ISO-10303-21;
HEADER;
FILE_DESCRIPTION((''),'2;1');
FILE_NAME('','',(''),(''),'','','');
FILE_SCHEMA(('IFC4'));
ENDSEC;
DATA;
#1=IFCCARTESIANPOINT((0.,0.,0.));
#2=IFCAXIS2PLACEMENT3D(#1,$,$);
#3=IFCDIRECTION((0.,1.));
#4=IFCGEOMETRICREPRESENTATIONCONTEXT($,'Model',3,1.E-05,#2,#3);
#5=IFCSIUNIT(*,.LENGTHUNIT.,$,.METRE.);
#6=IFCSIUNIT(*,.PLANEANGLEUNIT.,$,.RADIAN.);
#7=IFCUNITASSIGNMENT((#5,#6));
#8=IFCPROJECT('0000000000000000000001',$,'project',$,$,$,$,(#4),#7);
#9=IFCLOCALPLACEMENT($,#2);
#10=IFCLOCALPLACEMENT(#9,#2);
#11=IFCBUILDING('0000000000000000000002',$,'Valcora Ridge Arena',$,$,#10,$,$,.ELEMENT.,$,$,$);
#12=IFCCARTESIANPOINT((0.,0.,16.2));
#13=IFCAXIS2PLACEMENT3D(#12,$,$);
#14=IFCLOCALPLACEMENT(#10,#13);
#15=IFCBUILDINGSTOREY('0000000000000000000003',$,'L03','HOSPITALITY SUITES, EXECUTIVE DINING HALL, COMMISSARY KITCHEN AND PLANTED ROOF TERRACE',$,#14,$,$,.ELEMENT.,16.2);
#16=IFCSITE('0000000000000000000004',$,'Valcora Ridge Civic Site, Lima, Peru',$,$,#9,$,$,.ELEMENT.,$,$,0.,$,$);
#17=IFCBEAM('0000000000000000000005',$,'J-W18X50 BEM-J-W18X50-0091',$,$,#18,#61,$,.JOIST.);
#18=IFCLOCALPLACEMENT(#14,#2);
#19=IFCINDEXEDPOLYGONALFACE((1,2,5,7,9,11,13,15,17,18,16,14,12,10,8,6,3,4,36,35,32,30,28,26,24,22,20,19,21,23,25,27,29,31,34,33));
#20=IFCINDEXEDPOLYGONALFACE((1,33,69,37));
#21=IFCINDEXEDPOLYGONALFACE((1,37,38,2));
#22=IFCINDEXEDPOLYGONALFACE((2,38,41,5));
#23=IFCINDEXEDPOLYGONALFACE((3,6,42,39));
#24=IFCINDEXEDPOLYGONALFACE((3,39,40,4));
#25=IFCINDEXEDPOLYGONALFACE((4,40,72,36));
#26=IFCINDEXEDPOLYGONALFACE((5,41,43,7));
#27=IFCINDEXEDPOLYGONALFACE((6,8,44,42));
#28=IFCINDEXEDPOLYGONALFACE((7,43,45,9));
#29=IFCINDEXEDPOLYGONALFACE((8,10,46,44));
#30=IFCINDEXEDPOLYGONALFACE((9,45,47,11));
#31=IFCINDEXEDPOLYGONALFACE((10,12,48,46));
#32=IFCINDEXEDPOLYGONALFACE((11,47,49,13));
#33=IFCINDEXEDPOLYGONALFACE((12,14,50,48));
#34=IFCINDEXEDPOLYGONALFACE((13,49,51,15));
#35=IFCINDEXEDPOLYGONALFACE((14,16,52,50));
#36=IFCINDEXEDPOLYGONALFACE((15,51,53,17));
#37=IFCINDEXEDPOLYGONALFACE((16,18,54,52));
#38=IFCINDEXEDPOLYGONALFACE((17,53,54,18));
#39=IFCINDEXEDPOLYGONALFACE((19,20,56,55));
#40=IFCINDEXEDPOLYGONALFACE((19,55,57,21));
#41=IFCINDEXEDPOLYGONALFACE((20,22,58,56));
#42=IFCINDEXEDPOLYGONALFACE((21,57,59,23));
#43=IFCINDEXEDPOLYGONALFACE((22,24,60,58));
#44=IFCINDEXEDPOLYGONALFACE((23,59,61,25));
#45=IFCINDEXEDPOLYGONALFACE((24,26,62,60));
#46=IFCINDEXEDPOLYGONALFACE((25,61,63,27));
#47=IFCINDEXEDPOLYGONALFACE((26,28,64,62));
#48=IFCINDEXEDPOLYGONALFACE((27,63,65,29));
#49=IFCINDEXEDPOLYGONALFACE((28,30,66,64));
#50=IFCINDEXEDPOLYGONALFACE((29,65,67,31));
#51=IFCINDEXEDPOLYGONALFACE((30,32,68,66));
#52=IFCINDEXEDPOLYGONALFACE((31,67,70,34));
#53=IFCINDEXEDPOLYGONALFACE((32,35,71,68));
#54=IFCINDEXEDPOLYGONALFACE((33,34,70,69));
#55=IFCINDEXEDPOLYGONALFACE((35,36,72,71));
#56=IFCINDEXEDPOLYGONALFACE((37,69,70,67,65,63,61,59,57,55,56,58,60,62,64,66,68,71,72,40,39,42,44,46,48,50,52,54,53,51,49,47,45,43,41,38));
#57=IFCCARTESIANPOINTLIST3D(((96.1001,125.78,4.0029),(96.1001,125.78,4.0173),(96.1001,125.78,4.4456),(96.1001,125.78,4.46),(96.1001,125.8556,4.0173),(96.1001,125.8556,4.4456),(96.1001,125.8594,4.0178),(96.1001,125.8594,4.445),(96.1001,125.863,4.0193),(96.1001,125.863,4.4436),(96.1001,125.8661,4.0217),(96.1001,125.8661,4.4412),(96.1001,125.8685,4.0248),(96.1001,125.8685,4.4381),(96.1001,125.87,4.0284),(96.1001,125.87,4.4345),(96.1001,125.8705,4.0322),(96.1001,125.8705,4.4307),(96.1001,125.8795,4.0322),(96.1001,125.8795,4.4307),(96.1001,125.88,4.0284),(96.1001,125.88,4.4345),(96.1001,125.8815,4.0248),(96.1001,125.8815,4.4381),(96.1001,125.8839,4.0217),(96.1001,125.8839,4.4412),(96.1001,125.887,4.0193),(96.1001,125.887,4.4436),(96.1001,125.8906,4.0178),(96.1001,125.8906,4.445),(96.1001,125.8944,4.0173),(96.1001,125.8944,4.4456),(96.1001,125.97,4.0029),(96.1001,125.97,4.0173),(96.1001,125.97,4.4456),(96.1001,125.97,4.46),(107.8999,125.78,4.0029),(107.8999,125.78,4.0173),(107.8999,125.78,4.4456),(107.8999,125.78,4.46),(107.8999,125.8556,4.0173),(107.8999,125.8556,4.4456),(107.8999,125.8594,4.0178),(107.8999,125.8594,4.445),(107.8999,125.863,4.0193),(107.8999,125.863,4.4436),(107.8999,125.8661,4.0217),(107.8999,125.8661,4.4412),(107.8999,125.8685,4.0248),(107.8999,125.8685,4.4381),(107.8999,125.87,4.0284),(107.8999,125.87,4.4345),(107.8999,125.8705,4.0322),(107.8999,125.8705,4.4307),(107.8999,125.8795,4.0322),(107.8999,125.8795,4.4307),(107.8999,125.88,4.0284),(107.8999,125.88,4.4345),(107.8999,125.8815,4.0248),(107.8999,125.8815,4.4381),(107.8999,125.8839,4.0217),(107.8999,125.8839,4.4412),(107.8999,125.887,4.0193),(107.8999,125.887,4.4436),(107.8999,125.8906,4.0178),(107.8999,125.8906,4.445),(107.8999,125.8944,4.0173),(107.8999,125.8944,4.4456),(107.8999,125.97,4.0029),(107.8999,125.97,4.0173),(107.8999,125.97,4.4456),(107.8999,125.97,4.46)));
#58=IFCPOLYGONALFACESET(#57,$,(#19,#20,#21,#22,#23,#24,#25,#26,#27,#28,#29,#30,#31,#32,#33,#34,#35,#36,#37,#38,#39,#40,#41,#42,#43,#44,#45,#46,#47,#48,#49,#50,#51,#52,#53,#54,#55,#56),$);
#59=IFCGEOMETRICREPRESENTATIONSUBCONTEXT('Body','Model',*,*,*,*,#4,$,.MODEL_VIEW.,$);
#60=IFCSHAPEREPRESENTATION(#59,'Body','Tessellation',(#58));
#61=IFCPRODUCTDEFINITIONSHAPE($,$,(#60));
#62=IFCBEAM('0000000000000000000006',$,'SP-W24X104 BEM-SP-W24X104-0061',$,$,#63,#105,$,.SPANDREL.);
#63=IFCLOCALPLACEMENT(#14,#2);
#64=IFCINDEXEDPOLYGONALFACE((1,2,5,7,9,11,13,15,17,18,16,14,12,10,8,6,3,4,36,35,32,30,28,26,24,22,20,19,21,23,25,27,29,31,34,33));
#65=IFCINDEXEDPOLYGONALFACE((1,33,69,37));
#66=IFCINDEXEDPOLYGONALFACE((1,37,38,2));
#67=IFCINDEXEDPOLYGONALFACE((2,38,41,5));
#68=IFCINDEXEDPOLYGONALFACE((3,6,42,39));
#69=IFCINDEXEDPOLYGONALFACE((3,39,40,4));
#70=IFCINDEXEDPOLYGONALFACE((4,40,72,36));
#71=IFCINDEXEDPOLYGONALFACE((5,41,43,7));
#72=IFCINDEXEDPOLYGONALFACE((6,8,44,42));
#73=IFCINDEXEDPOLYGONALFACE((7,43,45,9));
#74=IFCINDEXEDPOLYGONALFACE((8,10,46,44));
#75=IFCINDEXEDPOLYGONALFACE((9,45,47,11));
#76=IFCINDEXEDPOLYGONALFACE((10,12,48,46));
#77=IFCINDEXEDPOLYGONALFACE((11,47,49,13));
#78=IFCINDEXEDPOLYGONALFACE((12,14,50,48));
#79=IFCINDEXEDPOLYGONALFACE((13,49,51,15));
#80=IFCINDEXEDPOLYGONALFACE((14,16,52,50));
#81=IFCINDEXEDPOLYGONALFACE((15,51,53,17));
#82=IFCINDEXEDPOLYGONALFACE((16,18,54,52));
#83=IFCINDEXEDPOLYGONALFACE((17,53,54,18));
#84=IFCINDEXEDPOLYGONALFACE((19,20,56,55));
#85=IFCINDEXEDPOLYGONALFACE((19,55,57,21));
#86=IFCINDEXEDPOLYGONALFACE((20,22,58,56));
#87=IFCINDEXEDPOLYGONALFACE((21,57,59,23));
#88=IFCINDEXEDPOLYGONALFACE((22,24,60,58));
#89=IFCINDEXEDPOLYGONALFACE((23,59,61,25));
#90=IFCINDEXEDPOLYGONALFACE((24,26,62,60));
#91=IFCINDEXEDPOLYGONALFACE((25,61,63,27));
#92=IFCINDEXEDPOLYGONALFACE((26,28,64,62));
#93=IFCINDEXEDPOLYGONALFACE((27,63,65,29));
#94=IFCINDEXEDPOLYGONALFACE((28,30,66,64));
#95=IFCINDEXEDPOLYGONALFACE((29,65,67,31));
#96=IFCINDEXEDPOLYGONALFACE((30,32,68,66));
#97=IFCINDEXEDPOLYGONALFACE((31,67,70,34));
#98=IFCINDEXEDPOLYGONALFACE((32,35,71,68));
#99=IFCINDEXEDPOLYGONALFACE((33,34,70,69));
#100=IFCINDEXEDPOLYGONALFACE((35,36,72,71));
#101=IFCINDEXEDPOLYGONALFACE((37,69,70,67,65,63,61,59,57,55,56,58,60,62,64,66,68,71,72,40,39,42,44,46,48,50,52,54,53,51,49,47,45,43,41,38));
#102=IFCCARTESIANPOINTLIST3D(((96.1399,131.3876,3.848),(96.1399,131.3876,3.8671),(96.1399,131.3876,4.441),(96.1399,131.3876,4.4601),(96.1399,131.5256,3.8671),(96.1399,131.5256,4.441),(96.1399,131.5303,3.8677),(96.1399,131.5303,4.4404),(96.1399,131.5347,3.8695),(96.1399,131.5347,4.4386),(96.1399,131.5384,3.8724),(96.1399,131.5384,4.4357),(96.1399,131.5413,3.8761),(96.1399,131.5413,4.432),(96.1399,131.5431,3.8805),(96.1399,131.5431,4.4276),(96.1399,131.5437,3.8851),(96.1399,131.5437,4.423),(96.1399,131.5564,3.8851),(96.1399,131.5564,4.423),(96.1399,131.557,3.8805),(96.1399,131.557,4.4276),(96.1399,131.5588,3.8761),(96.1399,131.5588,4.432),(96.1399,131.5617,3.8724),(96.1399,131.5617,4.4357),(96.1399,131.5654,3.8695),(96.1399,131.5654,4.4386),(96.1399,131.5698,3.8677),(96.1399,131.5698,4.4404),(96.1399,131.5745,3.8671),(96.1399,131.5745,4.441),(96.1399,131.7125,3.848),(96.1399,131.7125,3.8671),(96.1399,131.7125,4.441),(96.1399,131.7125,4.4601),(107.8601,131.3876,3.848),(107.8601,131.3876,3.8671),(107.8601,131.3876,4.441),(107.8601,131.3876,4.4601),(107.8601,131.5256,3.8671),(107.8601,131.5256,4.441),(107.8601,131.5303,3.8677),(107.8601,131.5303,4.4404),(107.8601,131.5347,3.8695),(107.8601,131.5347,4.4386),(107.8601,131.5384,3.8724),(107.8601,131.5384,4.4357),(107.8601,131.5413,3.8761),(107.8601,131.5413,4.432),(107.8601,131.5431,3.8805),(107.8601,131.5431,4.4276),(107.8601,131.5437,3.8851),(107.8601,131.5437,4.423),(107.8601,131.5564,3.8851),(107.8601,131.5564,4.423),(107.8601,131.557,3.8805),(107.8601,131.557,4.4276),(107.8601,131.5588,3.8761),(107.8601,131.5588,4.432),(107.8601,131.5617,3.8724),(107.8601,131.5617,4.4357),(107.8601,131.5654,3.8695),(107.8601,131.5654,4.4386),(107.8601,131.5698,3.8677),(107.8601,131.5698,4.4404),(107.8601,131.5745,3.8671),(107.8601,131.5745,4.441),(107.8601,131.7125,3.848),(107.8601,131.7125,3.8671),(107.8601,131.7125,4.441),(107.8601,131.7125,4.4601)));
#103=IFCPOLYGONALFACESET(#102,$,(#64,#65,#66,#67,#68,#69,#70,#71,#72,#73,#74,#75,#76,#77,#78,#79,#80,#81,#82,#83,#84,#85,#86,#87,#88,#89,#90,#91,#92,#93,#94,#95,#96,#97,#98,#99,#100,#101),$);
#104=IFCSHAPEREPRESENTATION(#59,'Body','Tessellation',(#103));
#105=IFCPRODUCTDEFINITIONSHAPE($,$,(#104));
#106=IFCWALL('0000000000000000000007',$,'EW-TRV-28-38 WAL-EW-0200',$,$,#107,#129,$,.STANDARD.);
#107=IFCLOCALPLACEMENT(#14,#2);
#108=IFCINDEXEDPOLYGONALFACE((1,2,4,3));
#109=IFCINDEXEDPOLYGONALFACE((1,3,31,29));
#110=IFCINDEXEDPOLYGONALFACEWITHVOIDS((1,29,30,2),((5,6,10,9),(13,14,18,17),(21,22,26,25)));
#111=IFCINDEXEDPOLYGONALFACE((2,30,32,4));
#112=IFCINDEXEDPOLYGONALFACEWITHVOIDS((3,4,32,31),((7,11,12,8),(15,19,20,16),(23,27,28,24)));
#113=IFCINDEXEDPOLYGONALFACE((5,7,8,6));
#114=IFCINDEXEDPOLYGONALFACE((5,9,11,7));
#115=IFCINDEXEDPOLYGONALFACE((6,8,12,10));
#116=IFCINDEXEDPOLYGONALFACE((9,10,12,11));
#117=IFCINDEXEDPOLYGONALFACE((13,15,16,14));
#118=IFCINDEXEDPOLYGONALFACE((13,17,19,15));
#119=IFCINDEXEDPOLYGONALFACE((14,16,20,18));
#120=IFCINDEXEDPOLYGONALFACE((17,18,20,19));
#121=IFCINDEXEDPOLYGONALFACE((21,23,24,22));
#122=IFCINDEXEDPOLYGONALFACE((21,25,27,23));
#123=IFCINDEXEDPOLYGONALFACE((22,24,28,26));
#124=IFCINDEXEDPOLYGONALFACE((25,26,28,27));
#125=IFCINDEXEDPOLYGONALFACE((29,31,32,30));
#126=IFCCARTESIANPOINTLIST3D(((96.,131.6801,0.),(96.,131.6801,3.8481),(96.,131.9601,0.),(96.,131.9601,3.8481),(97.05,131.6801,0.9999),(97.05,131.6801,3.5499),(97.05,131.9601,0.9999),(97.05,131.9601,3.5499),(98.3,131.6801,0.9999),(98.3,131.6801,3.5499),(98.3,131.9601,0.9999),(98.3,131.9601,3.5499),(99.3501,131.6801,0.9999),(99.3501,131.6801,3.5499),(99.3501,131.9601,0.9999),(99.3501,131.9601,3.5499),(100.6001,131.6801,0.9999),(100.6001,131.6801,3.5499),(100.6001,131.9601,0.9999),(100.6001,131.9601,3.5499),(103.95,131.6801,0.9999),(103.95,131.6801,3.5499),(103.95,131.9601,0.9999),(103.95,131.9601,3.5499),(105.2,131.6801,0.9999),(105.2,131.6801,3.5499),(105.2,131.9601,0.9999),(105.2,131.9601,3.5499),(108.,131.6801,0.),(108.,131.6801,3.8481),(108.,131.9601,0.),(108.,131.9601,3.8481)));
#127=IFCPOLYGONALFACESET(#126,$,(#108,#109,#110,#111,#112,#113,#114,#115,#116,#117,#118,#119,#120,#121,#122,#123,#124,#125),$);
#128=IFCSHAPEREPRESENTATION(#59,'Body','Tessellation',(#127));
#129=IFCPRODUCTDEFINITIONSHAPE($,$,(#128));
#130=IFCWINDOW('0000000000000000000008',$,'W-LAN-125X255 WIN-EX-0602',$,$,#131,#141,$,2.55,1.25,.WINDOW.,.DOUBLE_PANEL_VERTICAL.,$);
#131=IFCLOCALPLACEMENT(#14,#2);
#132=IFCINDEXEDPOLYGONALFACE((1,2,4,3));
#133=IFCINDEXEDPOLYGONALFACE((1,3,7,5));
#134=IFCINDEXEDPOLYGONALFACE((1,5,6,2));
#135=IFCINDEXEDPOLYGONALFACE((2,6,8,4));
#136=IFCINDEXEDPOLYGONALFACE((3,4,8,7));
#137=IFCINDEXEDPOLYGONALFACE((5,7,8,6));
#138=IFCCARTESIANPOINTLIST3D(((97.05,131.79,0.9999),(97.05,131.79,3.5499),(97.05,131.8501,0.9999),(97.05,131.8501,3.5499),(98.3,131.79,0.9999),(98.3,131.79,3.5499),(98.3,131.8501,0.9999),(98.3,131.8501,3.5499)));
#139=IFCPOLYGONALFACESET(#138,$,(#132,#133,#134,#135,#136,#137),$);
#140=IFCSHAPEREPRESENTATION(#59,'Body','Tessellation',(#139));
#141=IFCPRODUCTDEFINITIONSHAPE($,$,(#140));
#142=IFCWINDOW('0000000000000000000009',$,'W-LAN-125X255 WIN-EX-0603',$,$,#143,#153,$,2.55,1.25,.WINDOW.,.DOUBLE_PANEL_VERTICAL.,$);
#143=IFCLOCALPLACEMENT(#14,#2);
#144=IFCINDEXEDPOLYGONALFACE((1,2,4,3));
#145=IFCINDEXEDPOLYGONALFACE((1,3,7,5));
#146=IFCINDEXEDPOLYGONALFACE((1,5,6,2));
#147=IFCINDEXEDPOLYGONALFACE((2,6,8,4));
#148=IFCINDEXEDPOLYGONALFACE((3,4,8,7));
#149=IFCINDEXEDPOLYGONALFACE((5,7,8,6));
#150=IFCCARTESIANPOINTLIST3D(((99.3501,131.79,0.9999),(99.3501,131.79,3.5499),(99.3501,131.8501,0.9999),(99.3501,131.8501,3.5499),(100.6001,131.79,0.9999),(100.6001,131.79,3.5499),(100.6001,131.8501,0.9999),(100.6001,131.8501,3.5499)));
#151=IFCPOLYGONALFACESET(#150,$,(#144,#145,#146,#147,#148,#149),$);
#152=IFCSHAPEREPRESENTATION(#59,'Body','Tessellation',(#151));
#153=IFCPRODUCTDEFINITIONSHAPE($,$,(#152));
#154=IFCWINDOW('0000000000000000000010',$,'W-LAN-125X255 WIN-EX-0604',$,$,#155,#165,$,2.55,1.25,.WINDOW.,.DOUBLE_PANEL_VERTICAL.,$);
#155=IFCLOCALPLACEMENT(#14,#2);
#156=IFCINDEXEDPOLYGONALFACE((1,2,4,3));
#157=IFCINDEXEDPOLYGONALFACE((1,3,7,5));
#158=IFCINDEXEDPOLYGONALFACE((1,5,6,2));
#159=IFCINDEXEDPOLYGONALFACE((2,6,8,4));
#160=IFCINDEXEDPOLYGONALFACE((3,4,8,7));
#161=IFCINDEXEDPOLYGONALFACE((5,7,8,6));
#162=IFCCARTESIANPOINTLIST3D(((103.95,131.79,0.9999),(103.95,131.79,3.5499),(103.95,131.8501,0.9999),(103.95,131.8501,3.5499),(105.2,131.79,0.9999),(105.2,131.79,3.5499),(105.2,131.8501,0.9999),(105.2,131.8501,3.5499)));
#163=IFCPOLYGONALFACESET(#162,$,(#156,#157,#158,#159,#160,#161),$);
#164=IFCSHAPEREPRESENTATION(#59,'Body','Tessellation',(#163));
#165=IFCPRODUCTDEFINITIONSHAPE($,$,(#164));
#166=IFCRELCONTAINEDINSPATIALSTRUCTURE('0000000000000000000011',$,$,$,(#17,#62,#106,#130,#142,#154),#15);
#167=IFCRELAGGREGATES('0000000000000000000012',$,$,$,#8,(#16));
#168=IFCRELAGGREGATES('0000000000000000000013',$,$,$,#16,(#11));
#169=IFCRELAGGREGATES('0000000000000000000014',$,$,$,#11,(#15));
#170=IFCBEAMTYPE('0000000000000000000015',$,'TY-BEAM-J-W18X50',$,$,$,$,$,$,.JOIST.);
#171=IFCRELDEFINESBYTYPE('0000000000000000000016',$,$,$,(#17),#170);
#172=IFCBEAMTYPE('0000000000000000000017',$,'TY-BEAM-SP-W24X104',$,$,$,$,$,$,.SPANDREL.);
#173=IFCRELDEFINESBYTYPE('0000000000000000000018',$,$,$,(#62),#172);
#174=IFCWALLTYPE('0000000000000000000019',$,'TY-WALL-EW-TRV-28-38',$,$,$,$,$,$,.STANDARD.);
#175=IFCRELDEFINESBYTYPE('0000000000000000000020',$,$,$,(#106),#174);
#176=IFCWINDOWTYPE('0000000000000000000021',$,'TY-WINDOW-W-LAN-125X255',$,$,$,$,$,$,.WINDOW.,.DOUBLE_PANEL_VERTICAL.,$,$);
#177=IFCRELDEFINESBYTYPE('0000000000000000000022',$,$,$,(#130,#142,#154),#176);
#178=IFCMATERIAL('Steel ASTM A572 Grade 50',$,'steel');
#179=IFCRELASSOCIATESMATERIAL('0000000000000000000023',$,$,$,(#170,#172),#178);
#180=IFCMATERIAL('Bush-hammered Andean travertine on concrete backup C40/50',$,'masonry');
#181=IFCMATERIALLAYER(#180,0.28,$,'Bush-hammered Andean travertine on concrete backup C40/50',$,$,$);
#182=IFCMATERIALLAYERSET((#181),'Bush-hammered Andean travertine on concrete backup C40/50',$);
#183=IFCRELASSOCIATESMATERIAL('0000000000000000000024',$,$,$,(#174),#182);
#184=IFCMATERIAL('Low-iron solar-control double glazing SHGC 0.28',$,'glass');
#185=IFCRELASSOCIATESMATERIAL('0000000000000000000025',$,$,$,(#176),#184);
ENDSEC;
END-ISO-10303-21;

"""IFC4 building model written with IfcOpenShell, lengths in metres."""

from ifc_helpers import new_model, si_unit, direction, frame, frame_2d, origin, origin_2d, place, context, subcontext, project, spatial, rectangle, i_section, extrude, material, layer, layer_set, material_profile, profile_set, type_object, element, fill, save


model = new_model("IFC4")

# Units and contexts
model_context = context("Model", 3, precision=1e-05, world=origin(), true_north=direction((0.0, 1.0)))
body_context = subcontext(model_context, "Body", "Model", "MODEL_VIEW")
ifc_project = project(units=[si_unit("LENGTHUNIT", "METRE"), si_unit("PLANEANGLEUNIT", "RADIAN")], contexts=[model_context])

# Site, building, storey
site_placement = place(None, origin())
site = spatial("IfcSite", under=ifc_project, at=site_placement, Name="Valcora Ridge Civic Site, Lima, Peru", CompositionType="ELEMENT", RefElevation=0.0)
building_placement = place(site_placement, origin())
building = spatial("IfcBuilding", under=site, at=building_placement, Name="Valcora Ridge Arena", CompositionType="ELEMENT")
storey_placement = place(building_placement, frame((0.0, 0.0, 16.2)))
storey = spatial("IfcBuildingStorey", under=building, at=storey_placement, Name="L03", Description="HOSPITALITY SUITES, EXECUTIVE DINING HALL, COMMISSARY KITCHEN AND PLANTED ROOF TERRACE", CompositionType="ELEMENT", Elevation=16.2)

# Beams
ifc_material_1 = material(Name="Steel ASTM A572 Grade 50", Category="steel")
ifc_material_profile_1 = material_profile(ifc_material_1, i_section(OverallWidth=0.1899, OverallDepth=0.457, WebThickness=0.009, FlangeThickness=0.0144, FilletRadius=0.0149, at=origin_2d()), Name="W18X50")
ifc_profile_set_1 = profile_set([ifc_material_profile_1], Name="Steel ASTM A572 Grade 50")
beam_type_1 = type_object("IfcBeamType", Name="TY-BEAM-J-W18X50", PredefinedType="JOIST", material=ifc_profile_set_1)
for number, where, z_axis, x_axis, name in (
    (1, (96.1001, 125.875, 4.2314), (1.0, 0.0, 0.0), (0.0, 1.0, 0.0), "J-W18X50 BEM-J-W18X50-0091"),
):
    element("IfcBeam", number, at=place(storey_placement, frame(where, z_axis=z_axis, x_axis=x_axis)), inside=storey, type_object=beam_type_1, Name=name, PredefinedType="JOIST", context=body_context, shape_type="SweptSolid", body=[
        extrude(i_section(OverallWidth=0.1899, OverallDepth=0.457, WebThickness=0.009, FlangeThickness=0.0144, FilletRadius=0.0149, at=origin_2d()), origin(), (0.0, 0.0, 1.0), 11.7998),
    ])
ifc_material_profile_2 = material_profile(ifc_material_1, i_section(OverallWidth=0.325, OverallDepth=0.6121, WebThickness=0.0127, FlangeThickness=0.019, FilletRadius=0.0181, at=origin_2d()), Name="W24X104")
ifc_profile_set_2 = profile_set([ifc_material_profile_2], Name="Steel ASTM A572 Grade 50")
beam_type_2 = type_object("IfcBeamType", Name="TY-BEAM-SP-W24X104", PredefinedType="SPANDREL", material=ifc_profile_set_2)
beam_1_placement = place(storey_placement, frame((96.1399, 131.55, 4.1541), z_axis=(1.0, 0.0, 0.0), x_axis=(0.0, 1.0, 0.0)))
element("IfcBeam", 2, at=beam_1_placement, inside=storey, type_object=beam_type_2, Name="SP-W24X104 BEM-SP-W24X104-0061", PredefinedType="SPANDREL", context=body_context, shape_type="SweptSolid", body=[
    extrude(i_section(OverallWidth=0.325, OverallDepth=0.6121, WebThickness=0.0127, FlangeThickness=0.019, FilletRadius=0.0181, at=origin_2d()), origin(), (0.0, 0.0, 1.0), 11.7202),
])

# Wall, openings, windows
ifc_material_2 = material(Name="Bush-hammered Andean travertine on concrete backup C40/50", Category="masonry")
ifc_layer = layer(ifc_material_2, 0.28, Name="Bush-hammered Andean travertine on concrete backup C40/50")
ifc_layer_set = layer_set([ifc_layer], Name="Bush-hammered Andean travertine on concrete backup C40/50")
wall_type = type_object("IfcWallType", Name="TY-WALL-EW-TRV-28-38", PredefinedType="STANDARD", material=ifc_layer_set)
wall_1_placement = place(storey_placement, frame((96.0, 131.8201, 0.0), z_axis=(0.0, 0.0, 1.0), x_axis=(1.0, 0.0, 0.0)))
wall_1 = element("IfcWall", 3, at=wall_1_placement, inside=storey, type_object=wall_type, Name="EW-TRV-28-38 WAL-EW-0200", PredefinedType="STANDARD", context=body_context, shape_type="SweptSolid", body=[
    extrude(rectangle(XDim=12.0, YDim=0.28, at=frame_2d((6.0, 0.0))), origin(), (0.0, 0.0, 1.0), 3.8481),
])
opening_1_placement = place(wall_1_placement, frame((1.05, 0.0, 1.0)))
opening_1 = element("IfcOpeningElement", 4, at=opening_1_placement, cuts=wall_1, PredefinedType="OPENING", context=body_context, shape_type="SweptSolid", body=[
    extrude(rectangle(XDim=1.25, YDim=2.55, at=frame_2d((0.625, 1.2749))), frame((0.0, 0.1499, 0.0), z_axis=(0.0, -1.0, 0.0), x_axis=(1.0, 0.0, 0.0)), (0.0, 0.0, 1.0), 0.3),
])
opening_2_placement = place(wall_1_placement, frame((3.3501, 0.0, 1.0)))
opening_2 = element("IfcOpeningElement", 5, at=opening_2_placement, cuts=wall_1, PredefinedType="OPENING", context=body_context, shape_type="SweptSolid", body=[
    extrude(rectangle(XDim=1.25, YDim=2.55, at=frame_2d((0.625, 1.2749))), frame((0.0, 0.1499, 0.0), z_axis=(0.0, -1.0, 0.0), x_axis=(1.0, 0.0, 0.0)), (0.0, 0.0, 1.0), 0.3),
])
opening_3_placement = place(wall_1_placement, frame((7.95, 0.0, 1.0)))
opening_3 = element("IfcOpeningElement", 6, at=opening_3_placement, cuts=wall_1, PredefinedType="OPENING", context=body_context, shape_type="SweptSolid", body=[
    extrude(rectangle(XDim=1.25, YDim=2.55, at=frame_2d((0.625, 1.2749))), frame((0.0, 0.1499, 0.0), z_axis=(0.0, -1.0, 0.0), x_axis=(1.0, 0.0, 0.0)), (0.0, 0.0, 1.0), 0.3),
])
ifc_material_3 = material(Name="Low-iron solar-control double glazing SHGC 0.28", Category="glass")
window_type = type_object("IfcWindowType", Name="TY-WINDOW-W-LAN-125X255", PartitioningType="DOUBLE_PANEL_VERTICAL", PredefinedType="WINDOW", material=ifc_material_3)
window_1_placement = place(opening_1_placement, origin())
window_1 = element("IfcWindow", 7, at=window_1_placement, inside=storey, type_object=window_type, Name="W-LAN-125X255 WIN-EX-0602", OverallHeight=2.55, OverallWidth=1.25, PartitioningType="DOUBLE_PANEL_VERTICAL", PredefinedType="WINDOW", context=body_context, shape_type="SweptSolid", body=[
    extrude(rectangle(XDim=1.25, YDim=2.55, at=frame_2d((0.625, 1.2749))), frame((0.0, 0.03, 0.0), z_axis=(0.0, -1.0, 0.0), x_axis=(1.0, 0.0, 0.0)), (0.0, 0.0, 1.0), 0.0601),
])
fill(opening_1, window_1)
window_2_placement = place(opening_2_placement, origin())
window_2 = element("IfcWindow", 8, at=window_2_placement, inside=storey, type_object=window_type, Name="W-LAN-125X255 WIN-EX-0603", OverallHeight=2.55, OverallWidth=1.25, PartitioningType="DOUBLE_PANEL_VERTICAL", PredefinedType="WINDOW", context=body_context, shape_type="SweptSolid", body=[
    extrude(rectangle(XDim=1.25, YDim=2.55, at=frame_2d((0.625, 1.2749))), frame((0.0, 0.03, 0.0), z_axis=(0.0, -1.0, 0.0), x_axis=(1.0, 0.0, 0.0)), (0.0, 0.0, 1.0), 0.0601),
])
fill(opening_2, window_2)
window_3_placement = place(opening_3_placement, origin())
window_3 = element("IfcWindow", 9, at=window_3_placement, inside=storey, type_object=window_type, Name="W-LAN-125X255 WIN-EX-0604", OverallHeight=2.55, OverallWidth=1.25, PartitioningType="DOUBLE_PANEL_VERTICAL", PredefinedType="WINDOW", context=body_context, shape_type="SweptSolid", body=[
    extrude(rectangle(XDim=1.25, YDim=2.55, at=frame_2d((0.625, 1.2749))), frame((0.0, 0.03, 0.0), z_axis=(0.0, -1.0, 0.0), x_axis=(1.0, 0.0, 0.0)), (0.0, 0.0, 1.0), 0.0601),
])
fill(opening_3, window_3)

save(model, "model.ifc")
